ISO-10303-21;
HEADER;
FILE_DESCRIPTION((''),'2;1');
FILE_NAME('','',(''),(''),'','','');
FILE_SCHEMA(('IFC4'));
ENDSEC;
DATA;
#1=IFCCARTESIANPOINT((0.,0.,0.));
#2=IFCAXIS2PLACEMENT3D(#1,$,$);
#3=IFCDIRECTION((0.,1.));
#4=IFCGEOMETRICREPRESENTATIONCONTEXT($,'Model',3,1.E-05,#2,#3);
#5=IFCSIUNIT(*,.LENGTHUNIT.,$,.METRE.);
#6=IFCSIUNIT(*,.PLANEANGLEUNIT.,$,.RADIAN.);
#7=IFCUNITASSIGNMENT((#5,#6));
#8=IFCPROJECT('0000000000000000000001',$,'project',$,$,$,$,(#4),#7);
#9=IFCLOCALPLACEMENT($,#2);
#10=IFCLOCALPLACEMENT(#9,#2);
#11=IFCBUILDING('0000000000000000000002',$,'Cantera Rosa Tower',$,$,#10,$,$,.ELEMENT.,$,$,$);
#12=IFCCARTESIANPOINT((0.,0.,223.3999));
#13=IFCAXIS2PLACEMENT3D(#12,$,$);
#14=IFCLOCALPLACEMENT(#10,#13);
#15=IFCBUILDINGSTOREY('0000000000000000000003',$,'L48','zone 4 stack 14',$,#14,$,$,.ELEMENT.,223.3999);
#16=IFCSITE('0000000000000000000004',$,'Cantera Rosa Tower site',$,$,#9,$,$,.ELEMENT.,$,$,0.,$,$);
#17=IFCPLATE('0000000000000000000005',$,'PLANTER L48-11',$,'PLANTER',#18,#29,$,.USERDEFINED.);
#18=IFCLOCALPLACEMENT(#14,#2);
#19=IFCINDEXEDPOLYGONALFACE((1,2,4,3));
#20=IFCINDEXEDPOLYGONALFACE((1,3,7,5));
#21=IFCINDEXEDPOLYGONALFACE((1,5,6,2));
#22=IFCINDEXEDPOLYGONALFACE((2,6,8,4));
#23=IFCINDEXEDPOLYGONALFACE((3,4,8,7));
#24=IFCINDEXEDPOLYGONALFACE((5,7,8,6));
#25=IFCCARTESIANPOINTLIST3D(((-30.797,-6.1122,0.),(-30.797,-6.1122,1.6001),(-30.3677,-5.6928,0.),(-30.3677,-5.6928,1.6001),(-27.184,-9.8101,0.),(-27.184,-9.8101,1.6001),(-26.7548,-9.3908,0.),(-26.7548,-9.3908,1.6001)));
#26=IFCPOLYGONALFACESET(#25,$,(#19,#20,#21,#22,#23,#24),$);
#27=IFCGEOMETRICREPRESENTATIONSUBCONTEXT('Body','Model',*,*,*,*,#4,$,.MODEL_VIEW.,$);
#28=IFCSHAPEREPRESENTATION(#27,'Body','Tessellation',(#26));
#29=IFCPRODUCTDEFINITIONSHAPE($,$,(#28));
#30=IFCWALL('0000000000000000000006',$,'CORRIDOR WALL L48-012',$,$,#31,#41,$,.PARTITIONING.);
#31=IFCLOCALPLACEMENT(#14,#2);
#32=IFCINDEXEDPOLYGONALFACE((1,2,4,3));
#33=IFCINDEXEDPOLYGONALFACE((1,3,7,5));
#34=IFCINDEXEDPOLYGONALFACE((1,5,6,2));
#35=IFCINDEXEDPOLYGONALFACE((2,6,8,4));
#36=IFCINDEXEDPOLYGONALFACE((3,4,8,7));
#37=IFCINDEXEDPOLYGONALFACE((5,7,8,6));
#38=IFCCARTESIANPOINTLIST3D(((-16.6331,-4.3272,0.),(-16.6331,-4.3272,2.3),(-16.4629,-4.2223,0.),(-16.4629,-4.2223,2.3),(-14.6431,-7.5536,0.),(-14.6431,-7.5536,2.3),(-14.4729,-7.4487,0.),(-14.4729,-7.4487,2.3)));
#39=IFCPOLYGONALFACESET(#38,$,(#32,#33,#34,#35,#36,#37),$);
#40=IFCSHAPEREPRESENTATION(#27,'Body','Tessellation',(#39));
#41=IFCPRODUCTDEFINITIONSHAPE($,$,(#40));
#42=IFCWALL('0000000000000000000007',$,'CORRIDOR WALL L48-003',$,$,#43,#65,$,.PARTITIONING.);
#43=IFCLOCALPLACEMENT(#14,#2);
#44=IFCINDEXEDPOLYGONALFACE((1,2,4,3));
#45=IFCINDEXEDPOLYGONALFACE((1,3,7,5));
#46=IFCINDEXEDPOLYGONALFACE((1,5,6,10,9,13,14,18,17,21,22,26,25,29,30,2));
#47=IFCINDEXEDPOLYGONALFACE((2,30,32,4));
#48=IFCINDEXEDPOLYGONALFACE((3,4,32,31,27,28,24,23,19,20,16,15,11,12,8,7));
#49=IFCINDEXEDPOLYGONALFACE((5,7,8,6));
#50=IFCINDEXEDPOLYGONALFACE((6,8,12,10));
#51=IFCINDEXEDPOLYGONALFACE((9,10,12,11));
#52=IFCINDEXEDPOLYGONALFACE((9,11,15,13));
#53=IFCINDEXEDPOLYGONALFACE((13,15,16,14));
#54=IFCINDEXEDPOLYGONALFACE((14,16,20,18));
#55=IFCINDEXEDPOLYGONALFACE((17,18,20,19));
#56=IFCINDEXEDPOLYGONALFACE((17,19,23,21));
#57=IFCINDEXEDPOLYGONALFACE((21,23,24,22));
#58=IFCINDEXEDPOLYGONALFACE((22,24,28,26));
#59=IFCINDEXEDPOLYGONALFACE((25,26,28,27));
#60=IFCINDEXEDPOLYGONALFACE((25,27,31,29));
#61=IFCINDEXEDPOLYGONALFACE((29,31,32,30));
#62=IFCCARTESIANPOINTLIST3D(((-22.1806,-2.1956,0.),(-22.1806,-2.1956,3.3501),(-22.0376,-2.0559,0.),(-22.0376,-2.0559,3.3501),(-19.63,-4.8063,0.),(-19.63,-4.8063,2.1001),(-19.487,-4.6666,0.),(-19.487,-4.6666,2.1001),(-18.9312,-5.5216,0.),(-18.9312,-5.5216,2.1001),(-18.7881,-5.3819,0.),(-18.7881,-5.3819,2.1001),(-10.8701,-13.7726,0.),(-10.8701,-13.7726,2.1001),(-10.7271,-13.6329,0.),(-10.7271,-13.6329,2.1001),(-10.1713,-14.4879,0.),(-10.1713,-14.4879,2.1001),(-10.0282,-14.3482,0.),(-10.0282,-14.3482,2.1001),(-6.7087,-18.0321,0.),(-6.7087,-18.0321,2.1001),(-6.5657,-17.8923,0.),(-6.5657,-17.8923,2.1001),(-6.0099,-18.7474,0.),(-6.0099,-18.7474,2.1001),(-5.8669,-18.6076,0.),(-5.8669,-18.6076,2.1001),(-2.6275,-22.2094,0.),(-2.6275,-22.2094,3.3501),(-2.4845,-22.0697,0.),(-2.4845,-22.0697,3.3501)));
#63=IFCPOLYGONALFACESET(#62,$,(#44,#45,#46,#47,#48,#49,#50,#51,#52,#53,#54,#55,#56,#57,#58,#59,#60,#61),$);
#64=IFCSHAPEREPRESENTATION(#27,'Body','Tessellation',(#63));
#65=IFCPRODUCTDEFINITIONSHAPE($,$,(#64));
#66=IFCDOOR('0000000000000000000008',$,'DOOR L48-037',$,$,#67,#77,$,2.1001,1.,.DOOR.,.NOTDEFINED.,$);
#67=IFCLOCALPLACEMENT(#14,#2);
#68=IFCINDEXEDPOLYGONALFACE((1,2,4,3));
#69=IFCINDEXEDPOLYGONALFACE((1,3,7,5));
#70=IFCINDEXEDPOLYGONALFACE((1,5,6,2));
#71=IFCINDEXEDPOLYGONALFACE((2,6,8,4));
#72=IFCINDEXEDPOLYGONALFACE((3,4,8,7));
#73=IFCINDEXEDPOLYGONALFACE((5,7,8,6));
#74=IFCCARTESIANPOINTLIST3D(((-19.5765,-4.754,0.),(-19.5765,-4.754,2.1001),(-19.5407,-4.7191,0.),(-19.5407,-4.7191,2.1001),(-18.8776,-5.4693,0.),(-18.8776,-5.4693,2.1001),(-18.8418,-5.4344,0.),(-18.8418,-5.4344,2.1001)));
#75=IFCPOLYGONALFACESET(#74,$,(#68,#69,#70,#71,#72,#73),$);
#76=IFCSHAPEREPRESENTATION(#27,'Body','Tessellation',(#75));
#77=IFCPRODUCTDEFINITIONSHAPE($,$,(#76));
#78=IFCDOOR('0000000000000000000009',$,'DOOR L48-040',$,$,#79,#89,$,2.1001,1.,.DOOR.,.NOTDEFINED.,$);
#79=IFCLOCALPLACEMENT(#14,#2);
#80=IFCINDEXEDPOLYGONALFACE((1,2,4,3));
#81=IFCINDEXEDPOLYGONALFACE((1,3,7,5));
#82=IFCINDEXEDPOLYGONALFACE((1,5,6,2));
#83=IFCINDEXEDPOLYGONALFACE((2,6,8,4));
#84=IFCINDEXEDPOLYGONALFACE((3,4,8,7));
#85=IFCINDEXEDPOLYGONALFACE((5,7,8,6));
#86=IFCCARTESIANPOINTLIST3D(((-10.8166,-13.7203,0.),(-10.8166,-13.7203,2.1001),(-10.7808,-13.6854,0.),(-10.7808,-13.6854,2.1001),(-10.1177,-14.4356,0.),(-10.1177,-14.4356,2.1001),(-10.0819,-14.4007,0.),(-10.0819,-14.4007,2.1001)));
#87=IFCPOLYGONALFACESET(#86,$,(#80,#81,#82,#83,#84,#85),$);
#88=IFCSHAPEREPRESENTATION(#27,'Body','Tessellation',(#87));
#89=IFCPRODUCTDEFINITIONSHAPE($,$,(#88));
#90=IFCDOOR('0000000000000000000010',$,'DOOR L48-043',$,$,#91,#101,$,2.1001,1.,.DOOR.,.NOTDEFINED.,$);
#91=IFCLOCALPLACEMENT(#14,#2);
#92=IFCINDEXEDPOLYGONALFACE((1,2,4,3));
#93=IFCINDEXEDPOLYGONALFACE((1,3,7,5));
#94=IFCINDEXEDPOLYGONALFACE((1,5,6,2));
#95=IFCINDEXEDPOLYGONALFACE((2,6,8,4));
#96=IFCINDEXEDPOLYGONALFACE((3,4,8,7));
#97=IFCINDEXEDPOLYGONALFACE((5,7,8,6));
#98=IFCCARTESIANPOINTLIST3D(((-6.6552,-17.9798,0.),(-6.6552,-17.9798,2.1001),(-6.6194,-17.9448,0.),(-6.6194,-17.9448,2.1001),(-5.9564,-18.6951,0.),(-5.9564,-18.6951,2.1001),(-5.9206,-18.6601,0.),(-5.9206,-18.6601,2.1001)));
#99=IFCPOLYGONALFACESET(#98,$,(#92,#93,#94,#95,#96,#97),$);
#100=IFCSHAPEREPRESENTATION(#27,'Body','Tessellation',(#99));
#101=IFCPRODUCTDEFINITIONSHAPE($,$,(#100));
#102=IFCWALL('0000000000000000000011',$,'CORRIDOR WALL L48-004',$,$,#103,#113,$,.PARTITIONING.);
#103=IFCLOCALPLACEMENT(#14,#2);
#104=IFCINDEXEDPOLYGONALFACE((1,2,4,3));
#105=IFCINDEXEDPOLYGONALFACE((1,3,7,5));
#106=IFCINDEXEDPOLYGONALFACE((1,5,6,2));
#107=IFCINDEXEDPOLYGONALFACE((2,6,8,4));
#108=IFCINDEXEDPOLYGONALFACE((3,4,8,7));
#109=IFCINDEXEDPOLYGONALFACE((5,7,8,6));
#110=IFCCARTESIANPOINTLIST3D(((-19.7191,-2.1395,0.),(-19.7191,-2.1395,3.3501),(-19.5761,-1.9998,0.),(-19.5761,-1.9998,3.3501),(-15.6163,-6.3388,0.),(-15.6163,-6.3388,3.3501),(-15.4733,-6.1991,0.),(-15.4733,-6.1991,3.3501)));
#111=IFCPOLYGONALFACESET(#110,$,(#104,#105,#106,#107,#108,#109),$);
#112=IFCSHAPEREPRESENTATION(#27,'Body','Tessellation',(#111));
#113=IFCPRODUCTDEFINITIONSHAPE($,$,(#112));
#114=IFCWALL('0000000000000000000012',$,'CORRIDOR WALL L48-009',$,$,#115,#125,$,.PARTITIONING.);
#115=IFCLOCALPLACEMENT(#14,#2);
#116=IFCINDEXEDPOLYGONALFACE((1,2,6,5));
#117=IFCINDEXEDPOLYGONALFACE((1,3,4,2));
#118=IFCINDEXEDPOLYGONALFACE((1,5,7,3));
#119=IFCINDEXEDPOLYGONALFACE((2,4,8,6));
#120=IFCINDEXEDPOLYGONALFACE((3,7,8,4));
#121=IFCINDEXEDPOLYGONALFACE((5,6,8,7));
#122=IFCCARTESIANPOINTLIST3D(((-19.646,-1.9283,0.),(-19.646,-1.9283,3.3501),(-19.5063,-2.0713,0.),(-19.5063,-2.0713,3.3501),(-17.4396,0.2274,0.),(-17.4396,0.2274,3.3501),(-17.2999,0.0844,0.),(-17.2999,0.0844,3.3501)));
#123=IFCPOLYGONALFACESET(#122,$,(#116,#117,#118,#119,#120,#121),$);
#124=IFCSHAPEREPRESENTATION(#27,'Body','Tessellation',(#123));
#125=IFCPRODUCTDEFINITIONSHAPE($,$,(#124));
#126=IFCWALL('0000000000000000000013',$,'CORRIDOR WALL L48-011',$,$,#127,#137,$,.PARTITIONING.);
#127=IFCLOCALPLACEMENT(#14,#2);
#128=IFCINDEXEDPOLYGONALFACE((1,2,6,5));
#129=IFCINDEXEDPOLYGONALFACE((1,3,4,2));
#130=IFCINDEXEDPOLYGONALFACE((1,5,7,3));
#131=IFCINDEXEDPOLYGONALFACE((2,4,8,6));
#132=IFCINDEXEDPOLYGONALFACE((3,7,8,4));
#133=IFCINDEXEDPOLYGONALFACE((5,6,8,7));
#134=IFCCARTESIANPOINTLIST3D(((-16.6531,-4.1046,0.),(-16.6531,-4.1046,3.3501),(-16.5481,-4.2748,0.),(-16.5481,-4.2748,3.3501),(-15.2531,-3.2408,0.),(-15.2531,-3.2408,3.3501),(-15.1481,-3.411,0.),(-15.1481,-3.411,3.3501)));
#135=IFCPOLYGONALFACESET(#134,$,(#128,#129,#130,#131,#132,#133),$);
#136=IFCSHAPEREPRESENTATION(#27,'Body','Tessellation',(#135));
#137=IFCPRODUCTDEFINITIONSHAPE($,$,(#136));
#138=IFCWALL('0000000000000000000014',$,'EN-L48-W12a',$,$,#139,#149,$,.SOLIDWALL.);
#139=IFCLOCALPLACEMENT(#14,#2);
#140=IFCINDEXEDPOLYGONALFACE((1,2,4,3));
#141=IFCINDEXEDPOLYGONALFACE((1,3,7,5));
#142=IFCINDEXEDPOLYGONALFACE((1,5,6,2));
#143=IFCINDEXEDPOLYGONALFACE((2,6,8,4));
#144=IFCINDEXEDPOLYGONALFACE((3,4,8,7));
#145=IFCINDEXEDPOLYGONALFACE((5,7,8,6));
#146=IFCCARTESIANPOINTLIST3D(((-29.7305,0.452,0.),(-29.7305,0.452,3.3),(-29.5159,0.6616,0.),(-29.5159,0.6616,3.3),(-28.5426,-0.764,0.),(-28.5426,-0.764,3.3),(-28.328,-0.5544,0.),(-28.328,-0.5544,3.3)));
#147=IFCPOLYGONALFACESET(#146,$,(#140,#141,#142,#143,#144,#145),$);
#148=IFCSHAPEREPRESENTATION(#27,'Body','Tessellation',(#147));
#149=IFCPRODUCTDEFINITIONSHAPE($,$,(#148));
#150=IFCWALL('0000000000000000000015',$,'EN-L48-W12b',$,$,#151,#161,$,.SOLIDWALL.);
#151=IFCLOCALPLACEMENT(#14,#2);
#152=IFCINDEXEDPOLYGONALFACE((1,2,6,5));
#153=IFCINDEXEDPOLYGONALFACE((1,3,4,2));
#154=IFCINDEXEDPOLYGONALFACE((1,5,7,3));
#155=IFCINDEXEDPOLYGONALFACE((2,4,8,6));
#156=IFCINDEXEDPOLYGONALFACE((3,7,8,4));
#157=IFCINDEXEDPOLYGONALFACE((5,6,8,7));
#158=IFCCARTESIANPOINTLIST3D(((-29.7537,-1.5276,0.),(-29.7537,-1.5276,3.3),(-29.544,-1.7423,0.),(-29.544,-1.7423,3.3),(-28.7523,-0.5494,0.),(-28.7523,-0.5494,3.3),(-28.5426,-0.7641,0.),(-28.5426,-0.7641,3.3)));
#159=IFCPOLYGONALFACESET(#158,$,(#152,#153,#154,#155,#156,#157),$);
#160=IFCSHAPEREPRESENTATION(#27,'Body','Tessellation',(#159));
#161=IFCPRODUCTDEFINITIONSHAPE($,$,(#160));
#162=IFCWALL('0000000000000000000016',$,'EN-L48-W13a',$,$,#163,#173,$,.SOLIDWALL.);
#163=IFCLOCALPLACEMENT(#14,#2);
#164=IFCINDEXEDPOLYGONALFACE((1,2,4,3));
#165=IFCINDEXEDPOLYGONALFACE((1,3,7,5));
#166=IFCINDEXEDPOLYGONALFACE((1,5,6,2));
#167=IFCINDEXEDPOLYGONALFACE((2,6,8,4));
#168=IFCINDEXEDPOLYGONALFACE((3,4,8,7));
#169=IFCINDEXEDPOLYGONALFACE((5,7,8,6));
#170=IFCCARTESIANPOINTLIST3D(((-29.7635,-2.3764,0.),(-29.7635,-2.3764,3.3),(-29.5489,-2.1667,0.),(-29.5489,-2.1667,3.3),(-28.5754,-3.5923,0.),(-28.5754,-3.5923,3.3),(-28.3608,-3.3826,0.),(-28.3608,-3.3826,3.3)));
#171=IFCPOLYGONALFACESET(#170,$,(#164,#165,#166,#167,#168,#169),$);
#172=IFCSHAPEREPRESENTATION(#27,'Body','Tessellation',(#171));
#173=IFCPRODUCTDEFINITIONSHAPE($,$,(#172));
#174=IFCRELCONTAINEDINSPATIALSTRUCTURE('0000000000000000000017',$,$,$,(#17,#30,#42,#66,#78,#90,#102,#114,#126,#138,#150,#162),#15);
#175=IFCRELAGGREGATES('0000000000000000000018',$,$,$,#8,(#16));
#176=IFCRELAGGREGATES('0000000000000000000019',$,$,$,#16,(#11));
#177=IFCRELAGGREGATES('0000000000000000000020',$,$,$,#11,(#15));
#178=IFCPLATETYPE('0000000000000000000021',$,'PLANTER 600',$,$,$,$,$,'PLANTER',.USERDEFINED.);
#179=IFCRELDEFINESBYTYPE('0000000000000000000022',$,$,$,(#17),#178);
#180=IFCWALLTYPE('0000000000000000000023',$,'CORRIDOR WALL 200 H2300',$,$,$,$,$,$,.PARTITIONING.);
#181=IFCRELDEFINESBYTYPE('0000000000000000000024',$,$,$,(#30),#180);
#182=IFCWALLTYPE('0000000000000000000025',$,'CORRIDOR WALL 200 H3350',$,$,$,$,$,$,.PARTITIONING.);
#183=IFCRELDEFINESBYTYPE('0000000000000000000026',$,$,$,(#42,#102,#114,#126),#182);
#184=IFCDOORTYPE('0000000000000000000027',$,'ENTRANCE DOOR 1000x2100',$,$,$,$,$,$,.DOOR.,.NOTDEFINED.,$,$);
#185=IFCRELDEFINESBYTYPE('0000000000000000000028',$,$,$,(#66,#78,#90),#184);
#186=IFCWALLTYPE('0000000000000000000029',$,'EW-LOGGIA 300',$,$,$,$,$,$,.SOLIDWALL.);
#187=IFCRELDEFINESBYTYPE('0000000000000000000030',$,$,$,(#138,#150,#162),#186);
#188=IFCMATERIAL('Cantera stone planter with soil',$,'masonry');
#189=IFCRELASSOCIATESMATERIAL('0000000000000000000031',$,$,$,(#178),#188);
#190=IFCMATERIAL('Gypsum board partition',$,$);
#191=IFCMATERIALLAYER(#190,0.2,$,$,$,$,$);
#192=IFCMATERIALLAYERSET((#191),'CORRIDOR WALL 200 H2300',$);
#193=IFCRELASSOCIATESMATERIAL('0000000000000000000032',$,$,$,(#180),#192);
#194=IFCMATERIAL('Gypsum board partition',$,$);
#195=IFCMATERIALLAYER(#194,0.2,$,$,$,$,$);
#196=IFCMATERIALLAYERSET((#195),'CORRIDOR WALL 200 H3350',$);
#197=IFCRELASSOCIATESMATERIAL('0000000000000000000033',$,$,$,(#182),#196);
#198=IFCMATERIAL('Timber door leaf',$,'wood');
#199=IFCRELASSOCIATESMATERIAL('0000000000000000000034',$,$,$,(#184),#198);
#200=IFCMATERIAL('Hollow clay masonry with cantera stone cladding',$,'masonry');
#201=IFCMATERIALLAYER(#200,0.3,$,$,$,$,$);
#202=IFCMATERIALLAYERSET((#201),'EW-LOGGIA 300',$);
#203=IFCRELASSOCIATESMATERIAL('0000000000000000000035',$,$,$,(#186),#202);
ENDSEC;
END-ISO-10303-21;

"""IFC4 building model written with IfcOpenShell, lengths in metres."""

from ifc_helpers import new_model, si_unit, direction, frame, frame_2d, origin, origin_2d, place, context, subcontext, project, spatial, rectangle, extrude, material, layer, layer_set, type_object, element, fill, save


model = new_model("IFC4")

# Units and contexts
model_context = context("Model", 3, precision=1e-05, world=origin(), true_north=direction((0.0, 1.0)))
body_context = subcontext(model_context, "Body", "Model", "MODEL_VIEW")
ifc_project = project(units=[si_unit("LENGTHUNIT", "METRE"), si_unit("PLANEANGLEUNIT", "RADIAN")], contexts=[model_context])

# Site, building, storey
site_placement = place(None, origin())
site = spatial("IfcSite", under=ifc_project, at=site_placement, Name="Cantera Rosa Tower site", CompositionType="ELEMENT", RefElevation=0.0)
building_placement = place(site_placement, origin())
building = spatial("IfcBuilding", under=site, at=building_placement, Name="Cantera Rosa Tower", CompositionType="ELEMENT")
storey_placement = place(building_placement, frame((0.0, 0.0, 223.3999)))
storey = spatial("IfcBuildingStorey", under=building, at=storey_placement, Name="L48", Description="zone 4 stack 14", CompositionType="ELEMENT", Elevation=223.3999)

# Plate
ifc_material_1 = material(Name="Cantera stone planter with soil", Category="masonry")
plate_type = type_object("IfcPlateType", Name="PLANTER 600", ElementType="PLANTER", PredefinedType="USERDEFINED", material=ifc_material_1)
plate_placement = place(storey_placement, frame((-28.7759, -7.7515, 0.0), z_axis=(0.0, 0.0, 1.0), x_axis=(0.698832, -0.715286, 0.0)))
element("IfcPlate", 1, at=plate_placement, inside=storey, type_object=plate_type, Name="PLANTER L48-11", ObjectType="PLANTER", PredefinedType="USERDEFINED", context=body_context, shape_type="SweptSolid", body=[
    extrude(rectangle(XDim=5.1699, YDim=0.6001, at=origin_2d()), origin(), (0.0, 0.0, 1.0), 1.6001),
])

# Wall
ifc_material_2 = material(Name="Gypsum board partition")
ifc_layer_1 = layer(ifc_material_2, 0.2)
ifc_layer_set_1 = layer_set([ifc_layer_1], Name="CORRIDOR WALL 200 H2300")
wall_type_1 = type_object("IfcWallType", Name="CORRIDOR WALL 200 H2300", PredefinedType="PARTITIONING", material=ifc_layer_set_1)
wall_1_placement = place(storey_placement, frame((-16.5481, -4.2747, 0.0), z_axis=(0.0, 0.0, 1.0), x_axis=(0.52497, -0.851121, 0.0)))
element("IfcWall", 2, at=wall_1_placement, inside=storey, type_object=wall_type_1, Name="CORRIDOR WALL L48-012", PredefinedType="PARTITIONING", context=body_context, shape_type="SweptSolid", body=[
    extrude(rectangle(XDim=3.7908, YDim=0.2, at=frame_2d((1.8955, 0.0))), origin(), (0.0, 0.0, 1.0), 2.3),
])

# Wall, openings, doors
ifc_material_3 = material(Name="Gypsum board partition")
ifc_layer_2 = layer(ifc_material_3, 0.2)
ifc_layer_set_2 = layer_set([ifc_layer_2], Name="CORRIDOR WALL 200 H3350")
wall_type_2 = type_object("IfcWallType", Name="CORRIDOR WALL 200 H3350", PredefinedType="PARTITIONING", material=ifc_layer_set_2)
wall_2_placement = place(storey_placement, frame((-22.1091, -2.1257, 0.0), z_axis=(0.0, 0.0, 1.0), x_axis=(0.698826, -0.715291, 0.0)))
wall_2 = element("IfcWall", 3, at=wall_2_placement, inside=storey, type_object=wall_type_2, Name="CORRIDOR WALL L48-003", PredefinedType="PARTITIONING", context=body_context, shape_type="SweptSolid", body=[
    extrude(rectangle(XDim=27.98, YDim=0.2, at=frame_2d((13.99, 0.0))), origin(), (0.0, 0.0, 1.0), 3.3501),
])
opening_1_placement = place(wall_2_placement, frame((3.6499, 0.0, 0.0)))
opening_1 = element("IfcOpeningElement", 4, at=opening_1_placement, cuts=wall_2, PredefinedType="OPENING", context=body_context, shape_type="SweptSolid", body=[
    extrude(rectangle(XDim=1.0, YDim=2.1001, at=frame_2d((0.5, 1.05))), frame((0.0, 0.1099, 0.0), z_axis=(0.0, -1.0, 0.0), x_axis=(1.0, 0.0, 0.0)), (0.0, 0.0, 1.0), 0.22),
])
opening_2_placement = place(wall_2_placement, frame((16.1851, 0.0, 0.0)))
opening_2 = element("IfcOpeningElement", 5, at=opening_2_placement, cuts=wall_2, PredefinedType="OPENING", context=body_context, shape_type="SweptSolid", body=[
    extrude(rectangle(XDim=1.0, YDim=2.1001, at=frame_2d((0.5, 1.05))), frame((0.0, 0.1099, 0.0), z_axis=(0.0, -1.0, 0.0), x_axis=(1.0, 0.0, 0.0)), (0.0, 0.0, 1.0), 0.22),
])
opening_3_placement = place(wall_2_placement, frame((22.1399, 0.0, 0.0)))
opening_3 = element("IfcOpeningElement", 6, at=opening_3_placement, cuts=wall_2, PredefinedType="OPENING", context=body_context, shape_type="SweptSolid", body=[
    extrude(rectangle(XDim=1.0, YDim=2.1001, at=frame_2d((0.5, 1.05))), frame((0.0, 0.1099, 0.0), z_axis=(0.0, -1.0, 0.0), x_axis=(1.0, 0.0, 0.0)), (0.0, 0.0, 1.0), 0.22),
])
ifc_material_4 = material(Name="Timber door leaf", Category="wood")
door_type_1 = type_object("IfcDoorType", Name="ENTRANCE DOOR 1000x2100", OperationType="NOTDEFINED", PredefinedType="DOOR", material=ifc_material_4)
door_1_placement = place(opening_1_placement, origin())
door_1 = element("IfcDoor", 7, at=door_1_placement, inside=storey, type_object=door_type_1, Name="DOOR L48-037", OperationType="NOTDEFINED", OverallHeight=2.1001, OverallWidth=1.0, PredefinedType="DOOR", context=body_context, shape_type="SweptSolid", body=[
    extrude(rectangle(XDim=1.0, YDim=2.1001, at=frame_2d((0.5, 1.05))), frame((0.0, 0.0249, 0.0), z_axis=(0.0, -1.0, 0.0), x_axis=(1.0, 0.0, 0.0)), (0.0, 0.0, 1.0), 0.05),
])
fill(opening_1, door_1)
door_2_placement = place(opening_2_placement, origin())
door_2 = element("IfcDoor", 8, at=door_2_placement, inside=storey, type_object=door_type_1, Name="DOOR L48-040", OperationType="NOTDEFINED", OverallHeight=2.1001, OverallWidth=1.0, PredefinedType="DOOR", context=body_context, shape_type="SweptSolid", body=[
    extrude(rectangle(XDim=1.0, YDim=2.1001, at=frame_2d((0.5, 1.05))), frame((0.0, 0.0249, 0.0), z_axis=(0.0, -1.0, 0.0), x_axis=(1.0, 0.0, 0.0)), (0.0, 0.0, 1.0), 0.05),
])
fill(opening_2, door_2)
door_3_placement = place(opening_3_placement, origin())
door_3 = element("IfcDoor", 9, at=door_3_placement, inside=storey, type_object=door_type_1, Name="DOOR L48-043", OperationType="NOTDEFINED", OverallHeight=2.1001, OverallWidth=1.0, PredefinedType="DOOR", context=body_context, shape_type="SweptSolid", body=[
    extrude(rectangle(XDim=1.0, YDim=2.1001, at=frame_2d((0.5, 1.05))), frame((0.0, 0.0249, 0.0), z_axis=(0.0, -1.0, 0.0), x_axis=(1.0, 0.0, 0.0)), (0.0, 0.0, 1.0), 0.05),
])
fill(opening_3, door_3)

# Walls
wall_3_placement = place(storey_placement, frame((-19.6477, -2.0696, 0.0), z_axis=(0.0, 0.0, 1.0), x_axis=(0.698846, -0.715272, 0.0)))
element("IfcWall", 10, at=wall_3_placement, inside=storey, type_object=wall_type_2, Name="CORRIDOR WALL L48-004", PredefinedType="PARTITIONING", context=body_context, shape_type="SweptSolid", body=[
    extrude(rectangle(XDim=5.8708, YDim=0.2, at=frame_2d((2.9355, 0.0))), origin(), (0.0, 0.0, 1.0), 3.3501),
])
wall_4_placement = place(storey_placement, frame((-17.3696, 0.156, 0.0), z_axis=(0.0, 0.0, 1.0), x_axis=(-0.71529, -0.698828, 0.0)))
element("IfcWall", 11, at=wall_4_placement, inside=storey, type_object=wall_type_2, Name="CORRIDOR WALL L48-009", PredefinedType="PARTITIONING", context=body_context, shape_type="SweptSolid", body=[
    extrude(rectangle(XDim=3.0847, YDim=0.2, at=frame_2d((1.5425, 0.0))), origin(), (0.0, 0.0, 1.0), 3.3501),
])
wall_5_placement = place(storey_placement, frame((-16.6006, -4.1897, 0.0), z_axis=(0.0, 0.0, 1.0), x_axis=(0.851036, 0.525107, 0.0)))
element("IfcWall", 12, at=wall_5_placement, inside=storey, type_object=wall_type_2, Name="CORRIDOR WALL L48-011", PredefinedType="PARTITIONING", context=body_context, shape_type="SweptSolid", body=[
    extrude(rectangle(XDim=1.645, YDim=0.2, at=frame_2d((0.8225, 0.0))), origin(), (0.0, 0.0, 1.0), 3.3501),
])
ifc_material_5 = material(Name="Hollow clay masonry with cantera stone cladding", Category="masonry")
ifc_layer_3 = layer(ifc_material_5, 0.3)
ifc_layer_set_3 = layer_set([ifc_layer_3], Name="EW-LOGGIA 300")
wall_type_3 = type_object("IfcWallType", Name="EW-LOGGIA 300", PredefinedType="SOLIDWALL", material=ifc_layer_set_3)
wall_6_placement = place(storey_placement, frame((-29.6233, 0.5569, 0.0), z_axis=(0.0, 0.0, 1.0), x_axis=(0.698801, -0.715316, 0.0)))
element("IfcWall", 13, at=wall_6_placement, inside=storey, type_object=wall_type_3, Name="EN-L48-W12a", PredefinedType="SOLIDWALL", context=body_context, shape_type="SweptSolid", body=[
    extrude(rectangle(XDim=1.7, YDim=0.3, at=frame_2d((0.8501, 0.0))), origin(), (0.0, 0.0, 1.0), 3.3),
])
wall_7_placement = place(storey_placement, frame((-28.6475, -0.6567, 0.0), z_axis=(0.0, 0.0, 1.0), x_axis=(-0.715342, -0.698775, 0.0)))
element("IfcWall", 14, at=wall_7_placement, inside=storey, type_object=wall_type_3, Name="EN-L48-W12b", PredefinedType="SOLIDWALL", context=body_context, shape_type="SweptSolid", body=[
    extrude(rectangle(XDim=1.3999, YDim=0.3, at=frame_2d((0.7, 0.0))), origin(), (0.0, 0.0, 1.0), 3.3),
])
wall_8_placement = place(storey_placement, frame((-29.6562, -2.2715, 0.0), z_axis=(0.0, 0.0, 1.0), x_axis=(0.698873, -0.715246, 0.0)))
element("IfcWall", 15, at=wall_8_placement, inside=storey, type_object=wall_type_3, Name="EN-L48-W13a", PredefinedType="SOLIDWALL", context=body_context, shape_type="SweptSolid", body=[
    extrude(rectangle(XDim=1.7, YDim=0.3, at=frame_2d((0.8501, 0.0))), origin(), (0.0, 0.0, 1.0), 3.3),
])

save(model, "model.ifc")
